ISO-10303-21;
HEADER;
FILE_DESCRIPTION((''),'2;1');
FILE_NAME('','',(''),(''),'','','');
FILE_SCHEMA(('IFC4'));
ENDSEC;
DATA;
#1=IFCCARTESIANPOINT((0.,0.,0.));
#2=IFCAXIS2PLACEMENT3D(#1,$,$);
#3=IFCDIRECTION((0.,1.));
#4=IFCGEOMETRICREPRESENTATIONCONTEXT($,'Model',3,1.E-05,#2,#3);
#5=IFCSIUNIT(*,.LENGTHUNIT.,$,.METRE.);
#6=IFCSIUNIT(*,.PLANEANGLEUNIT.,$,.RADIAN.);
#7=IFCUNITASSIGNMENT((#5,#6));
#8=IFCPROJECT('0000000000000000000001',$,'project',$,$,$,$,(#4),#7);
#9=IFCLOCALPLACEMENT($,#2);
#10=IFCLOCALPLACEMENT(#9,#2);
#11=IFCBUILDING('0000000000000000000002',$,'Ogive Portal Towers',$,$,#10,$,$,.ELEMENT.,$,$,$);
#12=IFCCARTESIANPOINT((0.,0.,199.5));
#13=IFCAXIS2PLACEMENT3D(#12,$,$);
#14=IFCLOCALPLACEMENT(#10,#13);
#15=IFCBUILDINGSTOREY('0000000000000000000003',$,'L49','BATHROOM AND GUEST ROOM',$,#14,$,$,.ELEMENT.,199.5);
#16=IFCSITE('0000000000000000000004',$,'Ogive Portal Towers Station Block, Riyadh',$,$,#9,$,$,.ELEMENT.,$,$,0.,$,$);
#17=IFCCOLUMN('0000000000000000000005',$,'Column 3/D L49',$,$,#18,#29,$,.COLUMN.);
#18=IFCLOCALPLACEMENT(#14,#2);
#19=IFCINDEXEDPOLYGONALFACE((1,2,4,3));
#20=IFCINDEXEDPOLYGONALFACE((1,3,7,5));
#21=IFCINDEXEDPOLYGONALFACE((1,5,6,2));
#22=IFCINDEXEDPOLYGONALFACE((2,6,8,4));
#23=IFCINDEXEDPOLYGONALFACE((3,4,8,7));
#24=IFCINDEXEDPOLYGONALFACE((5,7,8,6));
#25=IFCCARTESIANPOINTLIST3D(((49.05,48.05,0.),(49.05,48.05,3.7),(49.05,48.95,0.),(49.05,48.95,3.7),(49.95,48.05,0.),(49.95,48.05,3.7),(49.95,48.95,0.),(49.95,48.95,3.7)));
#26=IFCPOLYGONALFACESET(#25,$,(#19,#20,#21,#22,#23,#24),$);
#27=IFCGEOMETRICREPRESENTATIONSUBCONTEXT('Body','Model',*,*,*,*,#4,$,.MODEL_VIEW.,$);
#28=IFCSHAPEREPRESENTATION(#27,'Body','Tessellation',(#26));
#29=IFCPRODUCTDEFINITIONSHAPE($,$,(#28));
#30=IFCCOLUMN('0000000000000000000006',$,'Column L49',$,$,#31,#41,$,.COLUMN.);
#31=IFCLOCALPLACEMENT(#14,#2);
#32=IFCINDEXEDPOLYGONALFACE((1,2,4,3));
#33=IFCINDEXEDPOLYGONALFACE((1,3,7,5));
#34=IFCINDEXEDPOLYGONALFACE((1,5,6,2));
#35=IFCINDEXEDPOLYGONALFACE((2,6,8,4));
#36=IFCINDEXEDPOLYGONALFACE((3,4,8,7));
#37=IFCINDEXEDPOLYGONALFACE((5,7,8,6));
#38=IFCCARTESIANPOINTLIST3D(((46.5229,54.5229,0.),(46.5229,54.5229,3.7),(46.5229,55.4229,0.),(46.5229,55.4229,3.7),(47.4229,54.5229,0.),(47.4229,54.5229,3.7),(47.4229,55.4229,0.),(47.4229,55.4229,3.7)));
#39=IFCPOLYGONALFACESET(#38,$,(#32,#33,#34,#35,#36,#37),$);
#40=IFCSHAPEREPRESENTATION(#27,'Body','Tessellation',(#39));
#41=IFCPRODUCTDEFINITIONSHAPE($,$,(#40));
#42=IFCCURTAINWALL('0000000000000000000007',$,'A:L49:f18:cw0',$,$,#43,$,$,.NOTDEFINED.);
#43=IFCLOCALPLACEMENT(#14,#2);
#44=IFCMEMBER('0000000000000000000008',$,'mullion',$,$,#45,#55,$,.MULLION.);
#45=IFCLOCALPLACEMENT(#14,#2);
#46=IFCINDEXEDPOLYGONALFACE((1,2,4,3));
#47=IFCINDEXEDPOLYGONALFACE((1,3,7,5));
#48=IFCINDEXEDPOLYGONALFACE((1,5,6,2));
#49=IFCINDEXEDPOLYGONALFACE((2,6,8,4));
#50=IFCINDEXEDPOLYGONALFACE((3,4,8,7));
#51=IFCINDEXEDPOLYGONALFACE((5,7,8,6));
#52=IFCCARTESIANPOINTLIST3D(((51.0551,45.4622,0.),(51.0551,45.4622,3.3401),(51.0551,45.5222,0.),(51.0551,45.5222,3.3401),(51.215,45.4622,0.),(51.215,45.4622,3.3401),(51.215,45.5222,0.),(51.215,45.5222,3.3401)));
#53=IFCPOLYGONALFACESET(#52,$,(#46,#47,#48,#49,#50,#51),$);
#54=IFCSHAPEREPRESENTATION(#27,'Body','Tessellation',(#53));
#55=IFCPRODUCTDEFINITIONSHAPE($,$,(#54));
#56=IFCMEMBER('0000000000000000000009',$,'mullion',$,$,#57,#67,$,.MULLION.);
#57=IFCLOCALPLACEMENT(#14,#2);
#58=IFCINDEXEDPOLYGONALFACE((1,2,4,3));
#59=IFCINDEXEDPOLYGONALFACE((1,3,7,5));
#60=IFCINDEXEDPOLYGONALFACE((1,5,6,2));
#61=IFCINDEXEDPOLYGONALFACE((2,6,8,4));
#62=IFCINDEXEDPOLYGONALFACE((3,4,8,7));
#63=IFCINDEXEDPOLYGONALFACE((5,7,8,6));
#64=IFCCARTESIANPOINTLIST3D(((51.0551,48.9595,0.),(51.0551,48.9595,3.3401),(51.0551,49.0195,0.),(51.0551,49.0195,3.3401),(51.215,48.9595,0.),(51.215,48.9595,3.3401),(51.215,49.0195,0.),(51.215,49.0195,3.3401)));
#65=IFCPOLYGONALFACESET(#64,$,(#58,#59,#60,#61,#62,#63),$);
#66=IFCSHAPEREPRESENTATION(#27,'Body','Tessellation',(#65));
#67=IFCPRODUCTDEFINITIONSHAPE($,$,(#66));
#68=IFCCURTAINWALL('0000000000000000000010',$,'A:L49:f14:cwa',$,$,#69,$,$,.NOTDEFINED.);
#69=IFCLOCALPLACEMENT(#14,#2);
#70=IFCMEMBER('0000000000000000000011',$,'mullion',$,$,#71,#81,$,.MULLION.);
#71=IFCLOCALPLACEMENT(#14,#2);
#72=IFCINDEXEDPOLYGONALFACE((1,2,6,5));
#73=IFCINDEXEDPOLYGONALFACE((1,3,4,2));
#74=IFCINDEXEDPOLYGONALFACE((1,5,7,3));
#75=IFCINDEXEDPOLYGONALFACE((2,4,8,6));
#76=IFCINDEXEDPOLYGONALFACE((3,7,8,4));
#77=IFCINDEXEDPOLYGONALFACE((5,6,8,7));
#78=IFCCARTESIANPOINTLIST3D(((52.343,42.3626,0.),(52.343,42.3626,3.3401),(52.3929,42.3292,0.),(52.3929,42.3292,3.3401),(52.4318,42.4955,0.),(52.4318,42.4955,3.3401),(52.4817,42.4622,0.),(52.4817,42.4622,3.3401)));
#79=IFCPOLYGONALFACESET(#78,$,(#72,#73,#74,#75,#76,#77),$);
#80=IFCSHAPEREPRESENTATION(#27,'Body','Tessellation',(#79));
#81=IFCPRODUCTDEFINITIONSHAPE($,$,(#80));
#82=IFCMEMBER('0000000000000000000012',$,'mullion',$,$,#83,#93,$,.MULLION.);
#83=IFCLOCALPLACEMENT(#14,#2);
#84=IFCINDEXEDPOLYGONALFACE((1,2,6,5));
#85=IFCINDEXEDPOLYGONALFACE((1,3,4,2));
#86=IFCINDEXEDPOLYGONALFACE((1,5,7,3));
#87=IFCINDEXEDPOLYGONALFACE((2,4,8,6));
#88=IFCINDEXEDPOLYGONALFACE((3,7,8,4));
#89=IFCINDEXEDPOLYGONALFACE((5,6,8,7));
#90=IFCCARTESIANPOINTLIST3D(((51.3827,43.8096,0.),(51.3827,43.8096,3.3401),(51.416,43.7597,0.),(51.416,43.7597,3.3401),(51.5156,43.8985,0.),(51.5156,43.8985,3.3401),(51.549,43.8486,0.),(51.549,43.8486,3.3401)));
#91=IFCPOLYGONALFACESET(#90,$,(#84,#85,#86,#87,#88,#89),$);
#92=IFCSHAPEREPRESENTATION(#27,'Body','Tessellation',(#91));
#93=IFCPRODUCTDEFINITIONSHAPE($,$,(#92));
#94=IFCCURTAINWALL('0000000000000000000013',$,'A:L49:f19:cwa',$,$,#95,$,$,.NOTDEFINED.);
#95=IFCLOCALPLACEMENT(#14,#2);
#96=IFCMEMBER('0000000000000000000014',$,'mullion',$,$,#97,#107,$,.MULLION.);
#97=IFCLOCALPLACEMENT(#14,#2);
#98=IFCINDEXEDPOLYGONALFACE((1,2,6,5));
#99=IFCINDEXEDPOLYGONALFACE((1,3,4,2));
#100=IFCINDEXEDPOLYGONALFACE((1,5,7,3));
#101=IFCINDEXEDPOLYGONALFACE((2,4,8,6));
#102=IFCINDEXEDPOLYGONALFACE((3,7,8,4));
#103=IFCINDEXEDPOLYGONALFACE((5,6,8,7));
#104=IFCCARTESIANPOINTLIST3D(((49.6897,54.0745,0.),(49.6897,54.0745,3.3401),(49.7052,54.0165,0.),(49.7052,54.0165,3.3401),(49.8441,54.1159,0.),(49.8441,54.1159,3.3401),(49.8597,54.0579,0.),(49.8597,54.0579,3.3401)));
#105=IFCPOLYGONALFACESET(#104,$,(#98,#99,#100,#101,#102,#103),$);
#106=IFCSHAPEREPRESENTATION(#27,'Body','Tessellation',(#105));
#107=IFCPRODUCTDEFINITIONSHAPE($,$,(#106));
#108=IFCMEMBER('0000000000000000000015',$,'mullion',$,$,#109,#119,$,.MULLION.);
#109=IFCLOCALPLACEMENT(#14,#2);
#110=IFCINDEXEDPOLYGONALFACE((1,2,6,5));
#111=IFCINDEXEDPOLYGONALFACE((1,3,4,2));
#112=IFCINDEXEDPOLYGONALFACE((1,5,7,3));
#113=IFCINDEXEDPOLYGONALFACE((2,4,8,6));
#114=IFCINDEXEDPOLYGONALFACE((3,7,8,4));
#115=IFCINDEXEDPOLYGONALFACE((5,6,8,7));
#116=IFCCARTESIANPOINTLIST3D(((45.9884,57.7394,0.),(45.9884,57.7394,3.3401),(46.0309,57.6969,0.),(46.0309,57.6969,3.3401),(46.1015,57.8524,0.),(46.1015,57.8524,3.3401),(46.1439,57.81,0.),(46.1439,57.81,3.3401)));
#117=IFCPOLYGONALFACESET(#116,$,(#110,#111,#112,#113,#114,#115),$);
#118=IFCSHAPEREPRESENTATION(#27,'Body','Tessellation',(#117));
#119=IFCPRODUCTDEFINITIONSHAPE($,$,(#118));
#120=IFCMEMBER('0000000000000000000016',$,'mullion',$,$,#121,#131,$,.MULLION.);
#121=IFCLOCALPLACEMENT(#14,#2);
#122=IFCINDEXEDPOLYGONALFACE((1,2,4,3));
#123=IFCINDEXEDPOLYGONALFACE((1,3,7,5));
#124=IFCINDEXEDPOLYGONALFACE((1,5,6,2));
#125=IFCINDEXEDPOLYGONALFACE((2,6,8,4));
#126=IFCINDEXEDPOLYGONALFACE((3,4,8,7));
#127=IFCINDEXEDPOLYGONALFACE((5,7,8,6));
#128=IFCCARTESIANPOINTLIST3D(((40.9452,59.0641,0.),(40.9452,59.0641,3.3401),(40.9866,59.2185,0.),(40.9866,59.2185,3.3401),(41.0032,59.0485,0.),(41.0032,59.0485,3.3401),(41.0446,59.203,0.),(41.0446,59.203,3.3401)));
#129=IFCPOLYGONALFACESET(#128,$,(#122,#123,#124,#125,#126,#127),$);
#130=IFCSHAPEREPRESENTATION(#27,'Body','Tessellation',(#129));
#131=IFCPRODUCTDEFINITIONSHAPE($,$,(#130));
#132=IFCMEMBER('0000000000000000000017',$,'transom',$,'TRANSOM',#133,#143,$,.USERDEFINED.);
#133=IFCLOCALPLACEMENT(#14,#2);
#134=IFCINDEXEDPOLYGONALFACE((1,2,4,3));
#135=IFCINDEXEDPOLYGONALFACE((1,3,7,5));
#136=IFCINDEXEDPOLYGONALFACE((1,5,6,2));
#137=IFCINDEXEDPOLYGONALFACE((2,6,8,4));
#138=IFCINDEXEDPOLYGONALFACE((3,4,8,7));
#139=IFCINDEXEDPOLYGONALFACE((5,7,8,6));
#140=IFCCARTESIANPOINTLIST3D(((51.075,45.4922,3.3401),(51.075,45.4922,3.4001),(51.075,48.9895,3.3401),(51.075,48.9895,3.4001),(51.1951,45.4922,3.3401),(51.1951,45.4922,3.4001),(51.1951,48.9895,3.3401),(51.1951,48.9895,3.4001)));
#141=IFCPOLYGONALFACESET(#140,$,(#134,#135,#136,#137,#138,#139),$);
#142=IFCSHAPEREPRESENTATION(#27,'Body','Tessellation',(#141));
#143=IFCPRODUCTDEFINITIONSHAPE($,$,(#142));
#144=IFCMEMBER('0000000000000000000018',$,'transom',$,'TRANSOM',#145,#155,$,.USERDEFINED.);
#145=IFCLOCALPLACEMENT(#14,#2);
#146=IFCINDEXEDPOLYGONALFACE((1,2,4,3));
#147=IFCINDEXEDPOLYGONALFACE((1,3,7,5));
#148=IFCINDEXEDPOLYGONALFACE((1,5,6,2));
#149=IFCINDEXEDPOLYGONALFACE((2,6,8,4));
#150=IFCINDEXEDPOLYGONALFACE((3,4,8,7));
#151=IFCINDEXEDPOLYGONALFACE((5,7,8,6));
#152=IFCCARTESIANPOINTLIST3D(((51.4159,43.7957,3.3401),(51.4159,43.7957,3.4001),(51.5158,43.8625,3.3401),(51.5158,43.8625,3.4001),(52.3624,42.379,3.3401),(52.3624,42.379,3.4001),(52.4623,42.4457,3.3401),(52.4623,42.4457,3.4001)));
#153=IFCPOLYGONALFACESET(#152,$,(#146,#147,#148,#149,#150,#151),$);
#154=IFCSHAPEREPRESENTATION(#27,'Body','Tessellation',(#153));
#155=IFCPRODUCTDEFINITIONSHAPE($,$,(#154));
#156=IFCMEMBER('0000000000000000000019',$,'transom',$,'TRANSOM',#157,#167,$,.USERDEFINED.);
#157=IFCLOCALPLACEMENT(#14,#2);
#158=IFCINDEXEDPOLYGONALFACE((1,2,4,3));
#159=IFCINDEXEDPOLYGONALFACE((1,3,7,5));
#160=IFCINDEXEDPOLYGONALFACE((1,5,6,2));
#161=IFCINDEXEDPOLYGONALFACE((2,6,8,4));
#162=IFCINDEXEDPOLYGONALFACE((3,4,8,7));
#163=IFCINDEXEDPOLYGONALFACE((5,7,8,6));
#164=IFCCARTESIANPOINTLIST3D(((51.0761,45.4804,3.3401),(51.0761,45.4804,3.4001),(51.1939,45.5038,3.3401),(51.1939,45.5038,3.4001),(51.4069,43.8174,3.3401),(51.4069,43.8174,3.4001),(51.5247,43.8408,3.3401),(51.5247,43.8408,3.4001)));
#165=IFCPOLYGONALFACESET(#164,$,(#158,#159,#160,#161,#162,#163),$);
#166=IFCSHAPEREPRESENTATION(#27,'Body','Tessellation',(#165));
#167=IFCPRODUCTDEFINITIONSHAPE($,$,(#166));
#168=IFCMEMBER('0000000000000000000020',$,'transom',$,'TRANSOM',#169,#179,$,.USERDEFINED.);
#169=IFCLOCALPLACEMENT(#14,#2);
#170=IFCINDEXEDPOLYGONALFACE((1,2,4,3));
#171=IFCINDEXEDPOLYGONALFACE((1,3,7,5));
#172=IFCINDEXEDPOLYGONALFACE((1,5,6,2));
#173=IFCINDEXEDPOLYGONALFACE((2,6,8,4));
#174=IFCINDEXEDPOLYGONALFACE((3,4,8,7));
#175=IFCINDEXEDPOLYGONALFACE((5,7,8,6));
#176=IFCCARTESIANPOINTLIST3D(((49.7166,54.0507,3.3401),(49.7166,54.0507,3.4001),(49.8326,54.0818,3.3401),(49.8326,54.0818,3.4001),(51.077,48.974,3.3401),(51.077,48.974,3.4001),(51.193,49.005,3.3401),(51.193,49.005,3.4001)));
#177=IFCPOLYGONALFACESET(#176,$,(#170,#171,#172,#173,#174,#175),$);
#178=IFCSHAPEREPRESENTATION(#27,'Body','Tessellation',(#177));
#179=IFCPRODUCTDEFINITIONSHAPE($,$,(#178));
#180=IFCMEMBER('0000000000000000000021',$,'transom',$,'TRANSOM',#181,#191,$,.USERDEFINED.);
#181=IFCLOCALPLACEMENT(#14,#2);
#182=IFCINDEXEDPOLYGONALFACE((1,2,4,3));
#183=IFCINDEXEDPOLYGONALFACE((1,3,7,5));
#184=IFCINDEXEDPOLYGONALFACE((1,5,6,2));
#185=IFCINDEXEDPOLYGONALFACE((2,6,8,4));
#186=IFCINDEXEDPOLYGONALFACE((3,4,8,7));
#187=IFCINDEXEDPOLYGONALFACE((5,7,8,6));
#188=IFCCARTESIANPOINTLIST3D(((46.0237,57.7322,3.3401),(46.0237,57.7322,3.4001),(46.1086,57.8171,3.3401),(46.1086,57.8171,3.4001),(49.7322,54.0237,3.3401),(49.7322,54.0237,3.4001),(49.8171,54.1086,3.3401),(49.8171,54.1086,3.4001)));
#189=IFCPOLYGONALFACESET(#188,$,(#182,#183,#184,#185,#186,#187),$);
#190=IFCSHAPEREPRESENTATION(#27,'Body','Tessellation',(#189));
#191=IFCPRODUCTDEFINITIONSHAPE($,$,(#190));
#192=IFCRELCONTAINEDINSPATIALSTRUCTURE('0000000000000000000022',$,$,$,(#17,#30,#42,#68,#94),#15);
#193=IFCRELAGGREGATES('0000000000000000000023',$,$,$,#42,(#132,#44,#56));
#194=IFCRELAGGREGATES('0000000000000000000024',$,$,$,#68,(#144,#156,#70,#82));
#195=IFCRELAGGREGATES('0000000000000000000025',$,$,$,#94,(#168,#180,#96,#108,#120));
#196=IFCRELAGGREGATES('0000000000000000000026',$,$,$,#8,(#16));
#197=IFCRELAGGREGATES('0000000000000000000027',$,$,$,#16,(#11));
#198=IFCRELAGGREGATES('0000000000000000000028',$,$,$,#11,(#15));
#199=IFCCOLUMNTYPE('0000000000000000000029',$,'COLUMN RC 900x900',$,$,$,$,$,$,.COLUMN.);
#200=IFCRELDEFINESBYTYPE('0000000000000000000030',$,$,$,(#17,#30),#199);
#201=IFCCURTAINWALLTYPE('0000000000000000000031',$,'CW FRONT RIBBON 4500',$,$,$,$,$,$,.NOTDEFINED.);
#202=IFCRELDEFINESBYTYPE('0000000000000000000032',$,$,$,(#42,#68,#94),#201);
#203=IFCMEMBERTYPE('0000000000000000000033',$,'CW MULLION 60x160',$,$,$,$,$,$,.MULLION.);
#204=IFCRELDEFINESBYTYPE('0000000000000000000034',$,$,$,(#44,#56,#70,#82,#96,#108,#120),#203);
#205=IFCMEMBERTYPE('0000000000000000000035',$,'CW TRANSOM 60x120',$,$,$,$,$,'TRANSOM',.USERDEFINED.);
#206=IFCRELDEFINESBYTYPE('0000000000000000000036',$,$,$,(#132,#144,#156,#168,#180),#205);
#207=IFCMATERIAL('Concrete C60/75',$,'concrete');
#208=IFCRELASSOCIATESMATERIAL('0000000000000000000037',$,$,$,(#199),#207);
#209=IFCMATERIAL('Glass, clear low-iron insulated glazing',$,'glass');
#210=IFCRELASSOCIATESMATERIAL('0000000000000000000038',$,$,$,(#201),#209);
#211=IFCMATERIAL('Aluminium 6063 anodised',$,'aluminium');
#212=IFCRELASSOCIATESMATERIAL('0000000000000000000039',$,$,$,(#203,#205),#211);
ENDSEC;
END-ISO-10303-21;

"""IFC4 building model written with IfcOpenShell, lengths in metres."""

from ifc_helpers import new_model, si_unit, direction, frame, origin, origin_2d, place, context, subcontext, project, spatial, rectangle, extrude, material, material_profile, profile_set, type_object, element, aggregate, save


model = new_model("IFC4")

# Units and contexts
model_context = context("Model", 3, precision=1e-05, world=origin(), true_north=direction((0.0, 1.0)))
body_context = subcontext(model_context, "Body", "Model", "MODEL_VIEW")
ifc_project = project(units=[si_unit("LENGTHUNIT", "METRE"), si_unit("PLANEANGLEUNIT", "RADIAN")], contexts=[model_context])

# Site, building, storey
site_placement = place(None, origin())
site = spatial("IfcSite", under=ifc_project, at=site_placement, Name="Ogive Portal Towers Station Block, Riyadh", CompositionType="ELEMENT", RefElevation=0.0)
building_placement = place(site_placement, origin())
building = spatial("IfcBuilding", under=site, at=building_placement, Name="Ogive Portal Towers", CompositionType="ELEMENT")
storey_placement = place(building_placement, frame((0.0, 0.0, 199.5)))
storey = spatial("IfcBuildingStorey", under=building, at=storey_placement, Name="L49", Description="BATHROOM AND GUEST ROOM", CompositionType="ELEMENT", Elevation=199.5)

# Columns
ifc_material_1 = material(Name="Concrete C60/75", Category="concrete")
ifc_material_profile_1 = material_profile(ifc_material_1, rectangle(XDim=0.8999, YDim=0.8999, at=origin_2d()), Name="RC 900x900")
ifc_profile_set_1 = profile_set([ifc_material_profile_1], Name="Concrete C60/75")
column_type = type_object("IfcColumnType", Name="COLUMN RC 900x900", PredefinedType="COLUMN", material=ifc_profile_set_1)
for number, where, z_axis, x_axis, name in (
    (1, (49.5, 48.5, 0.0), (0.0, 0.0, 1.0), (1.0, 0.0, 0.0), "Column 3/D L49"),
    (2, (46.9729, 54.9729, 0.0), (0.0, 0.0, 1.0), (1.0, 0.0, 0.0), "Column L49"),
):
    element("IfcColumn", number, at=place(storey_placement, frame(where, z_axis=z_axis, x_axis=x_axis)), inside=storey, type_object=column_type, Name=name, PredefinedType="COLUMN", context=body_context, shape_type="SweptSolid", body=[
        extrude(rectangle(XDim=0.8999, YDim=0.8999, at=origin_2d()), origin(), (0.0, 0.0, 1.0), 3.7),
    ])

# Curtain walls, members
ifc_material_2 = material(Name="Glass, clear low-iron insulated glazing", Category="glass")
curtain_wall_type = type_object("IfcCurtainWallType", Name="CW FRONT RIBBON 4500", PredefinedType="NOTDEFINED", material=ifc_material_2)
curtain_wall_1_placement = place(storey_placement, origin())
curtain_wall_1 = element("IfcCurtainWall", 3, at=curtain_wall_1_placement, inside=storey, type_object=curtain_wall_type, Name="A:L49:f18:cw0", PredefinedType="NOTDEFINED")
ifc_material_3 = material(Name="Aluminium 6063 anodised", Category="aluminium")
ifc_material_profile_2 = material_profile(ifc_material_3, rectangle(XDim=0.1599, YDim=0.0601, at=origin_2d()), Name="AL 60x160")
ifc_profile_set_2 = profile_set([ifc_material_profile_2], Name="Aluminium 6063 anodised")
member_type_1 = type_object("IfcMemberType", Name="CW MULLION 60x160", PredefinedType="MULLION", material=ifc_profile_set_2)
member_1_placement = place(storey_placement, frame((51.135, 45.4922, 0.0), z_axis=(0.0, 0.0, 1.0), x_axis=(-1.0, 0.0, 0.0)))
member_1 = element("IfcMember", 4, at=member_1_placement, type_object=member_type_1, Name="mullion", PredefinedType="MULLION", context=body_context, shape_type="SweptSolid", body=[
    extrude(rectangle(XDim=0.1599, YDim=0.0601, at=origin_2d()), origin(), (0.0, 0.0, 1.0), 3.3401),
])
member_2_placement = place(storey_placement, frame((51.135, 48.9895, 0.0), z_axis=(0.0, 0.0, 1.0), x_axis=(-1.0, 0.0, 0.0)))
member_2 = element("IfcMember", 5, at=member_2_placement, type_object=member_type_1, Name="mullion", PredefinedType="MULLION", context=body_context, shape_type="SweptSolid", body=[
    extrude(rectangle(XDim=0.1599, YDim=0.0601, at=origin_2d()), origin(), (0.0, 0.0, 1.0), 3.3401),
])
curtain_wall_2_placement = place(storey_placement, origin())
curtain_wall_2 = element("IfcCurtainWall", 6, at=curtain_wall_2_placement, inside=storey, type_object=curtain_wall_type, Name="A:L49:f14:cwa", PredefinedType="NOTDEFINED")
member_3_placement = place(storey_placement, frame((52.4124, 42.4124, 0.0), z_axis=(0.0, 0.0, 1.0), x_axis=(-0.55557, -0.83147, 0.0)))
member_3 = element("IfcMember", 7, at=member_3_placement, type_object=member_type_1, Name="mullion", PredefinedType="MULLION", context=body_context, shape_type="SweptSolid", body=[
    extrude(rectangle(XDim=0.1599, YDim=0.0601, at=origin_2d()), origin(), (0.0, 0.0, 1.0), 3.3401),
])
member_4_placement = place(storey_placement, frame((51.4658, 43.8291, 0.0), z_axis=(0.0, 0.0, 1.0), x_axis=(-0.83147, -0.55557, 0.0)))
member_4 = element("IfcMember", 8, at=member_4_placement, type_object=member_type_1, Name="mullion", PredefinedType="MULLION", context=body_context, shape_type="SweptSolid", body=[
    extrude(rectangle(XDim=0.1599, YDim=0.0601, at=origin_2d()), origin(), (0.0, 0.0, 1.0), 3.3401),
])
curtain_wall_3_placement = place(storey_placement, origin())
curtain_wall_3 = element("IfcCurtainWall", 9, at=curtain_wall_3_placement, inside=storey, type_object=curtain_wall_type, Name="A:L49:f19:cwa", PredefinedType="NOTDEFINED")
member_5_placement = place(storey_placement, frame((49.7747, 54.0662, 0.0), z_axis=(0.0, 0.0, 1.0), x_axis=(-0.965926, -0.258819, 0.0)))
member_5 = element("IfcMember", 10, at=member_5_placement, type_object=member_type_1, Name="mullion", PredefinedType="MULLION", context=body_context, shape_type="SweptSolid", body=[
    extrude(rectangle(XDim=0.1599, YDim=0.0601, at=origin_2d()), origin(), (0.0, 0.0, 1.0), 3.3401),
])
member_6_placement = place(storey_placement, frame((46.0662, 57.7747, 0.0), z_axis=(0.0, 0.0, 1.0), x_axis=(-0.707107, -0.707107, 0.0)))
member_6 = element("IfcMember", 11, at=member_6_placement, type_object=member_type_1, Name="mullion", PredefinedType="MULLION", context=body_context, shape_type="SweptSolid", body=[
    extrude(rectangle(XDim=0.1599, YDim=0.0601, at=origin_2d()), origin(), (0.0, 0.0, 1.0), 3.3401),
])
member_7_placement = place(storey_placement, frame((40.9949, 59.1335, 0.0), z_axis=(0.0, 0.0, 1.0), x_axis=(-0.258819, -0.965926, 0.0)))
member_7 = element("IfcMember", 12, at=member_7_placement, type_object=member_type_1, Name="mullion", PredefinedType="MULLION", context=body_context, shape_type="SweptSolid", body=[
    extrude(rectangle(XDim=0.1599, YDim=0.0601, at=origin_2d()), origin(), (0.0, 0.0, 1.0), 3.3401),
])

# Members
ifc_material_profile_3 = material_profile(ifc_material_3, rectangle(XDim=0.1201, YDim=0.0601, at=origin_2d()), Name="AL 120x60")
ifc_profile_set_3 = profile_set([ifc_material_profile_3], Name="Aluminium 6063 anodised")
member_type_2 = type_object("IfcMemberType", Name="CW TRANSOM 60x120", ElementType="TRANSOM", PredefinedType="USERDEFINED", material=ifc_profile_set_3)
member_8_placement = place(storey_placement, frame((51.135, 45.4922, 3.3701), z_axis=(0.0, 1.0, 0.0), x_axis=(-1.0, 0.0, 0.0)))
member_8 = element("IfcMember", 13, at=member_8_placement, type_object=member_type_2, Name="transom", ObjectType="TRANSOM", PredefinedType="USERDEFINED", context=body_context, shape_type="SweptSolid", body=[
    extrude(rectangle(XDim=0.1201, YDim=0.0601, at=origin_2d()), origin(), (0.0, 0.0, 1.0), 3.4973),
])
member_9_placement = place(storey_placement, frame((52.4124, 42.4124, 3.3701), z_axis=(-0.555527, 0.831499, 0.0), x_axis=(-0.831499, -0.555527, 0.0)))
member_9 = element("IfcMember", 14, at=member_9_placement, type_object=member_type_2, Name="transom", ObjectType="TRANSOM", PredefinedType="USERDEFINED", context=body_context, shape_type="SweptSolid", body=[
    extrude(rectangle(XDim=0.1201, YDim=0.0601, at=origin_2d()), origin(), (0.0, 0.0, 1.0), 1.7039),
])
member_10_placement = place(storey_placement, frame((51.4658, 43.8291, 3.3701), z_axis=(-0.195092, 0.980785, 0.0), x_axis=(-0.980785, -0.195092, 0.0)))
member_10 = element("IfcMember", 15, at=member_10_placement, type_object=member_type_2, Name="transom", ObjectType="TRANSOM", PredefinedType="USERDEFINED", context=body_context, shape_type="SweptSolid", body=[
    extrude(rectangle(XDim=0.1201, YDim=0.0601, at=origin_2d()), origin(), (0.0, 0.0, 1.0), 1.6956),
])
member_11_placement = place(storey_placement, frame((51.135, 48.9895, 3.3701), z_axis=(-0.258831, 0.965923, 0.0), x_axis=(-0.965923, -0.258831, 0.0)))
member_11 = element("IfcMember", 16, at=member_11_placement, type_object=member_type_2, Name="transom", ObjectType="TRANSOM", PredefinedType="USERDEFINED", context=body_context, shape_type="SweptSolid", body=[
    extrude(rectangle(XDim=0.1201, YDim=0.0601, at=origin_2d()), origin(), (0.0, 0.0, 1.0), 5.2559),
])
member_12_placement = place(storey_placement, frame((49.7747, 54.0662, 3.3701), z_axis=(-0.707107, 0.707107, 0.0), x_axis=(-0.707107, -0.707107, 0.0)))
member_12 = element("IfcMember", 17, at=member_12_placement, type_object=member_type_2, Name="transom", ObjectType="TRANSOM", PredefinedType="USERDEFINED", context=body_context, shape_type="SweptSolid", body=[
    extrude(rectangle(XDim=0.1201, YDim=0.0601, at=origin_2d()), origin(), (0.0, 0.0, 1.0), 5.2446),
])

aggregate(curtain_wall_1, [member_8, member_1, member_2])
aggregate(curtain_wall_2, [member_9, member_10, member_3, member_4])
aggregate(curtain_wall_3, [member_11, member_12, member_5, member_6, member_7])

save(model, "model.ifc")
